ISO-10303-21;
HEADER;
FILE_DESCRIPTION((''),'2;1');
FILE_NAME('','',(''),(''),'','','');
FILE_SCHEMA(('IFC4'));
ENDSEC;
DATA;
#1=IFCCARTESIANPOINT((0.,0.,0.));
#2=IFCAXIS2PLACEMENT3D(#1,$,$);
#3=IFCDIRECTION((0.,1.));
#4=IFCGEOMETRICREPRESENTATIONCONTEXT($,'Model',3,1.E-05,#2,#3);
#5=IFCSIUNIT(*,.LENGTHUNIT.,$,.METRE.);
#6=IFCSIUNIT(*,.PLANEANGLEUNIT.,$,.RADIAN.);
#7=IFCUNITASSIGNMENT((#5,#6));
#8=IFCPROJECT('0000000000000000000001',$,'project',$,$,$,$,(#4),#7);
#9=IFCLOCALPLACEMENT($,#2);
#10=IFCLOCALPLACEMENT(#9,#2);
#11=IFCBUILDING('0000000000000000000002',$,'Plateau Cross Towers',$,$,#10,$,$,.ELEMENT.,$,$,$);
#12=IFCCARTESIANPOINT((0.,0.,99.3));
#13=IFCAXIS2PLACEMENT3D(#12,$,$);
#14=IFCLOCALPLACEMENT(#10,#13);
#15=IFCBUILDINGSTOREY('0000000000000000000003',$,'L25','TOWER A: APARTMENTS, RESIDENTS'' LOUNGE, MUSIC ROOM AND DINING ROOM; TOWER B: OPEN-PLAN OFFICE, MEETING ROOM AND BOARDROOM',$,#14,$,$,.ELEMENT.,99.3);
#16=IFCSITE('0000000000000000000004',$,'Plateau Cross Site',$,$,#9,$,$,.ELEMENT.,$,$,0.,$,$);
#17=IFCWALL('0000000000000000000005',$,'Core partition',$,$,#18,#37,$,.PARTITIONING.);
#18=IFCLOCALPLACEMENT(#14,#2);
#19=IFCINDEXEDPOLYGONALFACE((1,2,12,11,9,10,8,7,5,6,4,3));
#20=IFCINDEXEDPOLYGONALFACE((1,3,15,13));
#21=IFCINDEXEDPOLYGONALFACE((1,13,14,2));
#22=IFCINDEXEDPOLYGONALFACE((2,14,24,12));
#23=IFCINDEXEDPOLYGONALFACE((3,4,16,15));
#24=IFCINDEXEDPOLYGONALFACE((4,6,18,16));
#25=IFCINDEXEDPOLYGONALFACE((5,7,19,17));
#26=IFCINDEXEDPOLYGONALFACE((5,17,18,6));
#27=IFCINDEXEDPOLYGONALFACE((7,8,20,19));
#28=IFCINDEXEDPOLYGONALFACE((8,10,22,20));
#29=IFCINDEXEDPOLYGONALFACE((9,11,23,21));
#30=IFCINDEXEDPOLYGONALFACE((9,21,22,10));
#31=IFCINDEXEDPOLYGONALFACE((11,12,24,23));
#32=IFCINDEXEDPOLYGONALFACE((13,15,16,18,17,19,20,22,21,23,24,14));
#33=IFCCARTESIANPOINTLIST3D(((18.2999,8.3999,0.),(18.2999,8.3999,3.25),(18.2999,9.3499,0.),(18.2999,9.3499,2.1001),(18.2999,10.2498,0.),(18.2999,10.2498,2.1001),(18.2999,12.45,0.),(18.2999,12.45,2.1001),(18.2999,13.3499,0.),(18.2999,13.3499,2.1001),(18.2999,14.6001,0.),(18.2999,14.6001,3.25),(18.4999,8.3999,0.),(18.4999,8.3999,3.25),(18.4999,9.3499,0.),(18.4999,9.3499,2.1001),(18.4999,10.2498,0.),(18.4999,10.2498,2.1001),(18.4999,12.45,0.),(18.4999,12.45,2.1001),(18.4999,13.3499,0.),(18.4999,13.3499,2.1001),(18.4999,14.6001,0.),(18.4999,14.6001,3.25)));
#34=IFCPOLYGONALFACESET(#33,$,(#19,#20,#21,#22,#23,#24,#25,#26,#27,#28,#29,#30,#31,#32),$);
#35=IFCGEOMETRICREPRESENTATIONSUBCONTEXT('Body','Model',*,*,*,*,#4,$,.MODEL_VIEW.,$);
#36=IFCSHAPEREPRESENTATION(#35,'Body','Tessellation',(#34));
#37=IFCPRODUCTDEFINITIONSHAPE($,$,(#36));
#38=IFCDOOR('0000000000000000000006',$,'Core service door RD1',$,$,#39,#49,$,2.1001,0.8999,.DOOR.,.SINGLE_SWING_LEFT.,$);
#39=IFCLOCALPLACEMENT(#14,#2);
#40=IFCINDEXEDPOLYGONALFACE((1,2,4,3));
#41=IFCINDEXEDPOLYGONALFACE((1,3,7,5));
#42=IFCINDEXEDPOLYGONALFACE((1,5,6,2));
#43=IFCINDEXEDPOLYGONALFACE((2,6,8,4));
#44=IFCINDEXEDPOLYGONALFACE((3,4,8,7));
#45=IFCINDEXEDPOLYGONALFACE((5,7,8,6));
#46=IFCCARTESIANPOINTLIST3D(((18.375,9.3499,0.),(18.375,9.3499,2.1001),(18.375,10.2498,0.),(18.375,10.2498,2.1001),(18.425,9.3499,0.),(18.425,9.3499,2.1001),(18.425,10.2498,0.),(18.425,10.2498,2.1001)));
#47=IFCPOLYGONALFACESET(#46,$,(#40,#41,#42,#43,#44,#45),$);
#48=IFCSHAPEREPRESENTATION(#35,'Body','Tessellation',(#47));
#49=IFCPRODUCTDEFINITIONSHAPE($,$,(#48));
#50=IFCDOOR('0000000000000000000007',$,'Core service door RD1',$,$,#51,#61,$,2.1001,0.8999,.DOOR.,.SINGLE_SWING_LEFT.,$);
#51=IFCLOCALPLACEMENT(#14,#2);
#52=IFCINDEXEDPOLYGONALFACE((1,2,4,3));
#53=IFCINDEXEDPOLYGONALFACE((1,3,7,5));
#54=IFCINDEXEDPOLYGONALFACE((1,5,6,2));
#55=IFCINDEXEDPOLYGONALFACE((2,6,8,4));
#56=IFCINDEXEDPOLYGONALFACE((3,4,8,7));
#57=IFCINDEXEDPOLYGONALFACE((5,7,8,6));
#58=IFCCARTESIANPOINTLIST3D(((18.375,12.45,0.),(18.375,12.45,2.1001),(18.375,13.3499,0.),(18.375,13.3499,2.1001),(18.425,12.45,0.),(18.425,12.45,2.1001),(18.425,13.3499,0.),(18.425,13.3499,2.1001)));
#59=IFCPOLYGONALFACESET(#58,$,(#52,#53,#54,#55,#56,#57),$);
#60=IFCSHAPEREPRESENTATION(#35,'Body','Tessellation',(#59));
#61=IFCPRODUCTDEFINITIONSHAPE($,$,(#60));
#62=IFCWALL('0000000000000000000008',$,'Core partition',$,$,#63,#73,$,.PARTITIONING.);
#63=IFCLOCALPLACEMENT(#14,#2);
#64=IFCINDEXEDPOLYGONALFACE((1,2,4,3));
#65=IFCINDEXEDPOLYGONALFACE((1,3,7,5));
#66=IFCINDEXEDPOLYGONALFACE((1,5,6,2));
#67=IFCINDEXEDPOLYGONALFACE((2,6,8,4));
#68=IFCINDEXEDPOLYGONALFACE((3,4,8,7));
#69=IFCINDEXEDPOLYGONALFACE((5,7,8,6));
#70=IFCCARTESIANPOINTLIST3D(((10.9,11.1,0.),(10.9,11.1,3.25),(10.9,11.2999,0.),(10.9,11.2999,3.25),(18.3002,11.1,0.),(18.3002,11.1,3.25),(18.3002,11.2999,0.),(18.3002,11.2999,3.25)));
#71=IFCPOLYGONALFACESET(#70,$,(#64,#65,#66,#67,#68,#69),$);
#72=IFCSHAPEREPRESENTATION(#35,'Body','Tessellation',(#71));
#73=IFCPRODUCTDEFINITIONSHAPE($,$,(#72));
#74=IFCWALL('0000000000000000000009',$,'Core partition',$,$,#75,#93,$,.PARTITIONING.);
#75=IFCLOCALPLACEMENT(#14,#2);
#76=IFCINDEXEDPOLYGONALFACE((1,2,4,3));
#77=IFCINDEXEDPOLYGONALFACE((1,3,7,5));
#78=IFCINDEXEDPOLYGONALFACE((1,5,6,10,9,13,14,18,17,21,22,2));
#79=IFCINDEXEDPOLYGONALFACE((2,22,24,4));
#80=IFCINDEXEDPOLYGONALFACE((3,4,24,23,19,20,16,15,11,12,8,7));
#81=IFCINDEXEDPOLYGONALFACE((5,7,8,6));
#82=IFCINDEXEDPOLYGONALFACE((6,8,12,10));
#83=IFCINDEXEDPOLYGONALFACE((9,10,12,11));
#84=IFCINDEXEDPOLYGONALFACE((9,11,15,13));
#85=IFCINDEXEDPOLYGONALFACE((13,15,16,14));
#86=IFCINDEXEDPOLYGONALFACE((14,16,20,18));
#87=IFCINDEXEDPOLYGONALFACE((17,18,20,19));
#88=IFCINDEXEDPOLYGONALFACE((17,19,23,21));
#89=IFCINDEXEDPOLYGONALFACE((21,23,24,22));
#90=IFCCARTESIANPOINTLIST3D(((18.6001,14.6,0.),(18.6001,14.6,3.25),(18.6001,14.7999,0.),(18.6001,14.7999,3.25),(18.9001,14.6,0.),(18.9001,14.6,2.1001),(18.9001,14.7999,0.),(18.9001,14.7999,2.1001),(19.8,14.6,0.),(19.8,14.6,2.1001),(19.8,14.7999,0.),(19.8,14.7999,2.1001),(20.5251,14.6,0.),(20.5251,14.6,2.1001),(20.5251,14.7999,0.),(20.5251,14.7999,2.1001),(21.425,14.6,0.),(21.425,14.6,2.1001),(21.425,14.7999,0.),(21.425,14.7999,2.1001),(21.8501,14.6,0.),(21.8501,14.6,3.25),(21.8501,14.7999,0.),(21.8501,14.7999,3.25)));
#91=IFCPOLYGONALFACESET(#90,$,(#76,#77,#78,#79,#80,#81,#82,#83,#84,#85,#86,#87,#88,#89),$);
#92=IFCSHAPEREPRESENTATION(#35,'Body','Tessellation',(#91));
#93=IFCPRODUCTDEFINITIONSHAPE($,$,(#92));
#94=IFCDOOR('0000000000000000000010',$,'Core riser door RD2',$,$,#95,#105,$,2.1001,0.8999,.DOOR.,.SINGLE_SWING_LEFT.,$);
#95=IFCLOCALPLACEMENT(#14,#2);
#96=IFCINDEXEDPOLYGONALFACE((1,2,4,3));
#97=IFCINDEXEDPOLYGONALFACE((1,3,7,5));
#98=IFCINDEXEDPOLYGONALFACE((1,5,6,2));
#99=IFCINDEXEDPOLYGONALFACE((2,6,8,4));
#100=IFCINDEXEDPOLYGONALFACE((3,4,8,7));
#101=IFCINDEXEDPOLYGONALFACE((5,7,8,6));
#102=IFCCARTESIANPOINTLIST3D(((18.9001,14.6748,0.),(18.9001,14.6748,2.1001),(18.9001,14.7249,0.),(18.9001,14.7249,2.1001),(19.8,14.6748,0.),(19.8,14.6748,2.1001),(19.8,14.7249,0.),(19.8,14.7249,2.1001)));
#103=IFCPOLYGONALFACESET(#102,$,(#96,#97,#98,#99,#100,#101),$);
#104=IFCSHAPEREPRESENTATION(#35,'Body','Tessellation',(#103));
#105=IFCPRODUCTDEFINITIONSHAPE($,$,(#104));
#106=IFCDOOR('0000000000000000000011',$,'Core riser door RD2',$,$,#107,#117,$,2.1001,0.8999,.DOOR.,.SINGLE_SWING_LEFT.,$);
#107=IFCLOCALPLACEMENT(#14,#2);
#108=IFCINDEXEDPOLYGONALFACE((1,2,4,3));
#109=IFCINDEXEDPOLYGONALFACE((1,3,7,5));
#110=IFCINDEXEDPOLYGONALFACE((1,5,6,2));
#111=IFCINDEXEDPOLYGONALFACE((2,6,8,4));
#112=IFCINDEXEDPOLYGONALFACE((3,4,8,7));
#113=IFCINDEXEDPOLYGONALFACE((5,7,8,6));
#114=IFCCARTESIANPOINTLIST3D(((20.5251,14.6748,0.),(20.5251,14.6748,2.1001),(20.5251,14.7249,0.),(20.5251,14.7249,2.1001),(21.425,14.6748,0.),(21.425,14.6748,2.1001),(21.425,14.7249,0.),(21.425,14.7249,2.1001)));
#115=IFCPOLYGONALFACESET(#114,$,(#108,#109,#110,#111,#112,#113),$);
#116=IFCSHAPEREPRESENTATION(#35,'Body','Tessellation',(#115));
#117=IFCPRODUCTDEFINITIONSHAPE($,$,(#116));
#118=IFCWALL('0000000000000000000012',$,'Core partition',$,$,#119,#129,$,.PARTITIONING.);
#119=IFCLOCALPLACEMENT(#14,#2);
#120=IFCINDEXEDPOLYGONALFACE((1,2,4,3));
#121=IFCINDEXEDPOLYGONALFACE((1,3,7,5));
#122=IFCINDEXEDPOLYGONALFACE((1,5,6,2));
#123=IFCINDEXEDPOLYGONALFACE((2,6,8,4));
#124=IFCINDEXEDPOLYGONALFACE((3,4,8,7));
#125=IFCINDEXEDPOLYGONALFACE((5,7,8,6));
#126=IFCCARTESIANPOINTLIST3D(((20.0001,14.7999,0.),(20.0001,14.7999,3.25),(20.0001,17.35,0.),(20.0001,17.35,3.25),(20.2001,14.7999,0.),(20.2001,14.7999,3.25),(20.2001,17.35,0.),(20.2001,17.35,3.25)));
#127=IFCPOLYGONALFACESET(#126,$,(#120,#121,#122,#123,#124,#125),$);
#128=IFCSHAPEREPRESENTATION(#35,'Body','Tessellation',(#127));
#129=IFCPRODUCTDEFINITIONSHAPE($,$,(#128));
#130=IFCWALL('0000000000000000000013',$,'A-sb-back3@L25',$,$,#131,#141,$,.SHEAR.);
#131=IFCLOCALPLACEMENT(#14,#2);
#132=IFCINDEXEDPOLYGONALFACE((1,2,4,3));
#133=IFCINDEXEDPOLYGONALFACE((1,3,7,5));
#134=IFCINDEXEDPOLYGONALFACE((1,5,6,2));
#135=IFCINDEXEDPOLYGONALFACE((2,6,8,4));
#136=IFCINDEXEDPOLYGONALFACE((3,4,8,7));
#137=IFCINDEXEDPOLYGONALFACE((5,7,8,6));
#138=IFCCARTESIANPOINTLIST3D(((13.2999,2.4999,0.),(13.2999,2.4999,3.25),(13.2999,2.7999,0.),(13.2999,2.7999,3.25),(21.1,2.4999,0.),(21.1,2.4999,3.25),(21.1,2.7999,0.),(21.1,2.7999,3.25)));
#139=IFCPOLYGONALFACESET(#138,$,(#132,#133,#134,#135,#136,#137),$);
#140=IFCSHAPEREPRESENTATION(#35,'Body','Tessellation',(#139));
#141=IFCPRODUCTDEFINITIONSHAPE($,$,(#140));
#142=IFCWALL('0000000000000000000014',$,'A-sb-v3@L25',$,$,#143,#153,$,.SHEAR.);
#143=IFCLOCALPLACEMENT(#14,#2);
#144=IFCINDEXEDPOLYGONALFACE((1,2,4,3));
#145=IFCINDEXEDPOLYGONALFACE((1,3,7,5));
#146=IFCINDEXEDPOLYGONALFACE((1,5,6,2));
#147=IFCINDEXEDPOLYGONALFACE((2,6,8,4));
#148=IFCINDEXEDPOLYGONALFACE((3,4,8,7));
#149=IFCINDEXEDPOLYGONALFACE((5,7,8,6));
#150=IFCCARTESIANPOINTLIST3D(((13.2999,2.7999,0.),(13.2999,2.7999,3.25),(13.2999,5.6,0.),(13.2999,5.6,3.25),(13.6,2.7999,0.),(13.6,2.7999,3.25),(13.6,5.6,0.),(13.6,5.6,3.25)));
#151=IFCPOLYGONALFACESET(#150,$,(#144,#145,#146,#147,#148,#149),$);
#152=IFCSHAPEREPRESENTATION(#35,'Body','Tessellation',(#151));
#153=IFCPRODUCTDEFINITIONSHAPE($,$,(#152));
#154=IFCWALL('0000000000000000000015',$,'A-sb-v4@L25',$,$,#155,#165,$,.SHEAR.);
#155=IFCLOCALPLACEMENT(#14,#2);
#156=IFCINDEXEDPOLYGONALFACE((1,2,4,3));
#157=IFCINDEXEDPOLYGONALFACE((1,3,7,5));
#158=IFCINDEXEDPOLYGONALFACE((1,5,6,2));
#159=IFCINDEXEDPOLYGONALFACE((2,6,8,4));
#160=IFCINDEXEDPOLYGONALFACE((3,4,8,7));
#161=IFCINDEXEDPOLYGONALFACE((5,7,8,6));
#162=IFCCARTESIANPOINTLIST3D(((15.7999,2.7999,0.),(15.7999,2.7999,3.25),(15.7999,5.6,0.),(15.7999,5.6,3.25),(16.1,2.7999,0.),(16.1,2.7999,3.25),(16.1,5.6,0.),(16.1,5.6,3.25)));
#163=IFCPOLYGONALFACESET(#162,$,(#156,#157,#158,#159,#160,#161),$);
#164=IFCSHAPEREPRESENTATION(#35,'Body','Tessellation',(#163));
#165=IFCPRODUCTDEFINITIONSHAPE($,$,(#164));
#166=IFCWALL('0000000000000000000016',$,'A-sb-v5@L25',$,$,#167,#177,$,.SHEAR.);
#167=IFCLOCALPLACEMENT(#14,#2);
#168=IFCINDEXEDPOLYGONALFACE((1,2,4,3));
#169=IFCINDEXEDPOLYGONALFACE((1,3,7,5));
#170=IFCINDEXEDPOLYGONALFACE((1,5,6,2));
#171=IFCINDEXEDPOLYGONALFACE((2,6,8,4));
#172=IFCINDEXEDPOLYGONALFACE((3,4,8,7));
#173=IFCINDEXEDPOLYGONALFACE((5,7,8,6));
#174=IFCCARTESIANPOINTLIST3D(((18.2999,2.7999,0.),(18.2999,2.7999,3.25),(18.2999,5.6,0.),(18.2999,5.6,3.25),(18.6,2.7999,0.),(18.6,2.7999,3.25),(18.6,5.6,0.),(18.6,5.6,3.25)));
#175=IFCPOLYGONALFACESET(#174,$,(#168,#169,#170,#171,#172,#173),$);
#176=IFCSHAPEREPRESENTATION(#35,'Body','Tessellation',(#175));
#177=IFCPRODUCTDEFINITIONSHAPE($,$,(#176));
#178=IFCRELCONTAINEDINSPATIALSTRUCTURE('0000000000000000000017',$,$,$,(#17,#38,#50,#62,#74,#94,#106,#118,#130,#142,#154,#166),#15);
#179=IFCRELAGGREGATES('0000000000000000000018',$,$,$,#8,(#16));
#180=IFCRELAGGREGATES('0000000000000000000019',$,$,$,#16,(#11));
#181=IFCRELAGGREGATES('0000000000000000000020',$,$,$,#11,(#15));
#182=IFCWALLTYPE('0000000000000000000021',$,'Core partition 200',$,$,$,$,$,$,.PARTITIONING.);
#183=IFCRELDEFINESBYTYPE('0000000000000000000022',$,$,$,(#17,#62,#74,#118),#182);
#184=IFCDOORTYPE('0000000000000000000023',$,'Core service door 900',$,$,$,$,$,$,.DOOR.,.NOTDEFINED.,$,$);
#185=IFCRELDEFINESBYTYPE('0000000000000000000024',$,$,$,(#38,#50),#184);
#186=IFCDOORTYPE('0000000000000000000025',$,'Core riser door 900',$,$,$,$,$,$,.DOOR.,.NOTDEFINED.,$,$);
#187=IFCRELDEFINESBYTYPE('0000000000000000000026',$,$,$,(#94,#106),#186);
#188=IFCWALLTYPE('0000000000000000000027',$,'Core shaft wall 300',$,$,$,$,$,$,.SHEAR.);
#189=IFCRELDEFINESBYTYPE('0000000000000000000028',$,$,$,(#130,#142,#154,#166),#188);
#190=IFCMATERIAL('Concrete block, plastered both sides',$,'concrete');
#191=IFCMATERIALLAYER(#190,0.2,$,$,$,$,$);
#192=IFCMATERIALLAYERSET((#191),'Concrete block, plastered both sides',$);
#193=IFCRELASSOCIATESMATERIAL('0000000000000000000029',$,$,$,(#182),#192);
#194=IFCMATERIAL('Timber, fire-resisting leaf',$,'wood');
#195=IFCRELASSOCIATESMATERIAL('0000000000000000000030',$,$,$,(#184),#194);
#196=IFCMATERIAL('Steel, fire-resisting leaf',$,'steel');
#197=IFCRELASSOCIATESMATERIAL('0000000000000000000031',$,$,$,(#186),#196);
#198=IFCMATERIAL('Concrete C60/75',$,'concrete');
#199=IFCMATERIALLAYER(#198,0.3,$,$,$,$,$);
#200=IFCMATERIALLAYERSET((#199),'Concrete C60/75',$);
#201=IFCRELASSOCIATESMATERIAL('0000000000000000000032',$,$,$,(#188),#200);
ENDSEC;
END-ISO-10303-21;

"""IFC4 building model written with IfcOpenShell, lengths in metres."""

from ifc_helpers import new_model, si_unit, direction, frame, frame_2d, origin, place, context, subcontext, project, spatial, rectangle, extrude, material, layer, layer_set, type_object, element, fill, save


model = new_model("IFC4")

# Units and contexts
model_context = context("Model", 3, precision=1e-05, world=origin(), true_north=direction((0.0, 1.0)))
body_context = subcontext(model_context, "Body", "Model", "MODEL_VIEW")
ifc_project = project(units=[si_unit("LENGTHUNIT", "METRE"), si_unit("PLANEANGLEUNIT", "RADIAN")], contexts=[model_context])

# Site, building, storey
site_placement = place(None, origin())
site = spatial("IfcSite", under=ifc_project, at=site_placement, Name="Plateau Cross Site", CompositionType="ELEMENT", RefElevation=0.0)
building_placement = place(site_placement, origin())
building = spatial("IfcBuilding", under=site, at=building_placement, Name="Plateau Cross Towers", CompositionType="ELEMENT")
storey_placement = place(building_placement, frame((0.0, 0.0, 99.3)))
storey = spatial("IfcBuildingStorey", under=building, at=storey_placement, Name="L25", Description="TOWER A: APARTMENTS, RESIDENTS' LOUNGE, MUSIC ROOM AND DINING ROOM; TOWER B: OPEN-PLAN OFFICE, MEETING ROOM AND BOARDROOM", CompositionType="ELEMENT", Elevation=99.3)

# Shared definitions
ifc_material_1 = material(Name="Concrete C60/75", Category="concrete")

# Shared definitions
ifc_material_2 = material(Name="Concrete block, plastered both sides", Category="concrete")
ifc_layer_1 = layer(ifc_material_2, 0.2)
ifc_layer_set_1 = layer_set([ifc_layer_1], Name="Concrete block, plastered both sides")
wall_type_1 = type_object("IfcWallType", Name="Core partition 200", PredefinedType="PARTITIONING", material=ifc_layer_set_1)

# Wall, openings, doors
wall_1_placement = place(storey_placement, frame((18.3999, 8.3999, 0.0), z_axis=(0.0, 0.0, 1.0), x_axis=(0.0, 1.0, 0.0)))
wall_1 = element("IfcWall", 1, at=wall_1_placement, inside=storey, type_object=wall_type_1, Name="Core partition", PredefinedType="PARTITIONING", context=body_context, shape_type="SweptSolid", body=[
    extrude(rectangle(XDim=6.2002, YDim=0.2, at=frame_2d((3.1001, 0.0))), origin(), (0.0, 0.0, 1.0), 3.25),
])
opening_1_placement = place(wall_1_placement, frame((0.95, 0.0, 0.0)))
opening_1 = element("IfcOpeningElement", 2, at=opening_1_placement, cuts=wall_1, PredefinedType="OPENING", context=body_context, shape_type="SweptSolid", body=[
    extrude(rectangle(XDim=0.8999, YDim=2.1001, at=frame_2d((0.45, 1.05))), frame((0.0, 0.1099, 0.0), z_axis=(0.0, -1.0, 0.0), x_axis=(1.0, 0.0, 0.0)), (0.0, 0.0, 1.0), 0.22),
])
opening_2_placement = place(wall_1_placement, frame((4.05, 0.0, 0.0)))
opening_2 = element("IfcOpeningElement", 3, at=opening_2_placement, cuts=wall_1, PredefinedType="OPENING", context=body_context, shape_type="SweptSolid", body=[
    extrude(rectangle(XDim=0.8999, YDim=2.1001, at=frame_2d((0.45, 1.05))), frame((0.0, 0.1099, 0.0), z_axis=(0.0, -1.0, 0.0), x_axis=(1.0, 0.0, 0.0)), (0.0, 0.0, 1.0), 0.22),
])
ifc_material_3 = material(Name="Timber, fire-resisting leaf", Category="wood")
door_type_1 = type_object("IfcDoorType", Name="Core service door 900", OperationType="NOTDEFINED", PredefinedType="DOOR", material=ifc_material_3)
door_1_placement = place(opening_1_placement, origin())
door_1 = element("IfcDoor", 4, at=door_1_placement, inside=storey, type_object=door_type_1, Name="Core service door RD1", OperationType="SINGLE_SWING_LEFT", OverallHeight=2.1001, OverallWidth=0.8999, PredefinedType="DOOR", context=body_context, shape_type="SweptSolid", body=[
    extrude(rectangle(XDim=0.8999, YDim=2.1001, at=frame_2d((0.45, 1.05))), frame((0.0, 0.0249, 0.0), z_axis=(0.0, -1.0, 0.0), x_axis=(1.0, 0.0, 0.0)), (0.0, 0.0, 1.0), 0.05),
])
fill(opening_1, door_1)
door_2_placement = place(opening_2_placement, origin())
door_2 = element("IfcDoor", 5, at=door_2_placement, inside=storey, type_object=door_type_1, Name="Core service door RD1", OperationType="SINGLE_SWING_LEFT", OverallHeight=2.1001, OverallWidth=0.8999, PredefinedType="DOOR", context=body_context, shape_type="SweptSolid", body=[
    extrude(rectangle(XDim=0.8999, YDim=2.1001, at=frame_2d((0.45, 1.05))), frame((0.0, 0.0249, 0.0), z_axis=(0.0, -1.0, 0.0), x_axis=(1.0, 0.0, 0.0)), (0.0, 0.0, 1.0), 0.05),
])
fill(opening_2, door_2)

# Wall
wall_2_placement = place(storey_placement, frame((10.8999, 11.2, 0.0), z_axis=(0.0, 0.0, 1.0), x_axis=(1.0, 0.0, 0.0)))
element("IfcWall", 6, at=wall_2_placement, inside=storey, type_object=wall_type_1, Name="Core partition", PredefinedType="PARTITIONING", context=body_context, shape_type="SweptSolid", body=[
    extrude(rectangle(XDim=7.4001, YDim=0.2, at=frame_2d((3.7002, 0.0))), origin(), (0.0, 0.0, 1.0), 3.25),
])

# Wall, openings, doors
wall_3_placement = place(storey_placement, frame((18.6001, 14.7, 0.0), z_axis=(0.0, 0.0, 1.0), x_axis=(1.0, 0.0, 0.0)))
wall_3 = element("IfcWall", 7, at=wall_3_placement, inside=storey, type_object=wall_type_1, Name="Core partition", PredefinedType="PARTITIONING", context=body_context, shape_type="SweptSolid", body=[
    extrude(rectangle(XDim=3.25, YDim=0.2, at=frame_2d((1.625, 0.0))), origin(), (0.0, 0.0, 1.0), 3.25),
])
opening_3_placement = place(wall_3_placement, frame((0.3, 0.0, 0.0)))
opening_3 = element("IfcOpeningElement", 8, at=opening_3_placement, cuts=wall_3, PredefinedType="OPENING", context=body_context, shape_type="SweptSolid", body=[
    extrude(rectangle(XDim=0.8999, YDim=2.1001, at=frame_2d((0.45, 1.05))), frame((0.0, 0.1099, 0.0), z_axis=(0.0, -1.0, 0.0), x_axis=(1.0, 0.0, 0.0)), (0.0, 0.0, 1.0), 0.22),
])
opening_4_placement = place(wall_3_placement, frame((1.925, 0.0, 0.0)))
opening_4 = element("IfcOpeningElement", 9, at=opening_4_placement, cuts=wall_3, PredefinedType="OPENING", context=body_context, shape_type="SweptSolid", body=[
    extrude(rectangle(XDim=0.8999, YDim=2.1001, at=frame_2d((0.45, 1.05))), frame((0.0, 0.1099, 0.0), z_axis=(0.0, -1.0, 0.0), x_axis=(1.0, 0.0, 0.0)), (0.0, 0.0, 1.0), 0.22),
])
ifc_material_4 = material(Name="Steel, fire-resisting leaf", Category="steel")
door_type_2 = type_object("IfcDoorType", Name="Core riser door 900", OperationType="NOTDEFINED", PredefinedType="DOOR", material=ifc_material_4)
door_3_placement = place(opening_3_placement, origin())
door_3 = element("IfcDoor", 10, at=door_3_placement, inside=storey, type_object=door_type_2, Name="Core riser door RD2", OperationType="SINGLE_SWING_LEFT", OverallHeight=2.1001, OverallWidth=0.8999, PredefinedType="DOOR", context=body_context, shape_type="SweptSolid", body=[
    extrude(rectangle(XDim=0.8999, YDim=2.1001, at=frame_2d((0.45, 1.05))), frame((0.0, 0.0249, 0.0), z_axis=(0.0, -1.0, 0.0), x_axis=(1.0, 0.0, 0.0)), (0.0, 0.0, 1.0), 0.05),
])
fill(opening_3, door_3)
door_4_placement = place(opening_4_placement, origin())
door_4 = element("IfcDoor", 11, at=door_4_placement, inside=storey, type_object=door_type_2, Name="Core riser door RD2", OperationType="SINGLE_SWING_LEFT", OverallHeight=2.1001, OverallWidth=0.8999, PredefinedType="DOOR", context=body_context, shape_type="SweptSolid", body=[
    extrude(rectangle(XDim=0.8999, YDim=2.1001, at=frame_2d((0.45, 1.05))), frame((0.0, 0.0249, 0.0), z_axis=(0.0, -1.0, 0.0), x_axis=(1.0, 0.0, 0.0)), (0.0, 0.0, 1.0), 0.05),
])
fill(opening_4, door_4)

# Walls
wall_4_placement = place(storey_placement, frame((20.1001, 14.8, 0.0), z_axis=(0.0, 0.0, 1.0), x_axis=(0.0, 1.0, 0.0)))
element("IfcWall", 12, at=wall_4_placement, inside=storey, type_object=wall_type_1, Name="Core partition", PredefinedType="PARTITIONING", context=body_context, shape_type="SweptSolid", body=[
    extrude(rectangle(XDim=2.55, YDim=0.2, at=frame_2d((1.2749, 0.0))), origin(), (0.0, 0.0, 1.0), 3.25),
])
ifc_layer_2 = layer(ifc_material_1, 0.3)
ifc_layer_set_2 = layer_set([ifc_layer_2], Name="Concrete C60/75")
wall_type_2 = type_object("IfcWallType", Name="Core shaft wall 300", PredefinedType="SHEAR", material=ifc_layer_set_2)
wall_5_placement = place(storey_placement, frame((13.3, 2.6499, 0.0), z_axis=(0.0, 0.0, 1.0), x_axis=(1.0, 0.0, 0.0)))
element("IfcWall", 13, at=wall_5_placement, inside=storey, type_object=wall_type_2, Name="A-sb-back3@L25", PredefinedType="SHEAR", context=body_context, shape_type="SweptSolid", body=[
    extrude(rectangle(XDim=7.8, YDim=0.3, at=frame_2d((3.8999, 0.0))), origin(), (0.0, 0.0, 1.0), 3.25),
])
for number, where, z_axis, x_axis, name in (
    (14, (13.45, 2.8, 0.0), (0.0, 0.0, 1.0), (0.0, 1.0, 0.0), "A-sb-v3@L25"),
    (15, (15.95, 2.8, 0.0), (0.0, 0.0, 1.0), (0.0, 1.0, 0.0), "A-sb-v4@L25"),
    (16, (18.45, 2.8, 0.0), (0.0, 0.0, 1.0), (0.0, 1.0, 0.0), "A-sb-v5@L25"),
):
    element("IfcWall", number, at=place(storey_placement, frame(where, z_axis=z_axis, x_axis=x_axis)), inside=storey, type_object=wall_type_2, Name=name, PredefinedType="SHEAR", context=body_context, shape_type="SweptSolid", body=[
        extrude(rectangle(XDim=2.8, YDim=0.3, at=frame_2d((1.3999, 0.0))), origin(), (0.0, 0.0, 1.0), 3.25),
    ])

save(model, "model.ifc")
